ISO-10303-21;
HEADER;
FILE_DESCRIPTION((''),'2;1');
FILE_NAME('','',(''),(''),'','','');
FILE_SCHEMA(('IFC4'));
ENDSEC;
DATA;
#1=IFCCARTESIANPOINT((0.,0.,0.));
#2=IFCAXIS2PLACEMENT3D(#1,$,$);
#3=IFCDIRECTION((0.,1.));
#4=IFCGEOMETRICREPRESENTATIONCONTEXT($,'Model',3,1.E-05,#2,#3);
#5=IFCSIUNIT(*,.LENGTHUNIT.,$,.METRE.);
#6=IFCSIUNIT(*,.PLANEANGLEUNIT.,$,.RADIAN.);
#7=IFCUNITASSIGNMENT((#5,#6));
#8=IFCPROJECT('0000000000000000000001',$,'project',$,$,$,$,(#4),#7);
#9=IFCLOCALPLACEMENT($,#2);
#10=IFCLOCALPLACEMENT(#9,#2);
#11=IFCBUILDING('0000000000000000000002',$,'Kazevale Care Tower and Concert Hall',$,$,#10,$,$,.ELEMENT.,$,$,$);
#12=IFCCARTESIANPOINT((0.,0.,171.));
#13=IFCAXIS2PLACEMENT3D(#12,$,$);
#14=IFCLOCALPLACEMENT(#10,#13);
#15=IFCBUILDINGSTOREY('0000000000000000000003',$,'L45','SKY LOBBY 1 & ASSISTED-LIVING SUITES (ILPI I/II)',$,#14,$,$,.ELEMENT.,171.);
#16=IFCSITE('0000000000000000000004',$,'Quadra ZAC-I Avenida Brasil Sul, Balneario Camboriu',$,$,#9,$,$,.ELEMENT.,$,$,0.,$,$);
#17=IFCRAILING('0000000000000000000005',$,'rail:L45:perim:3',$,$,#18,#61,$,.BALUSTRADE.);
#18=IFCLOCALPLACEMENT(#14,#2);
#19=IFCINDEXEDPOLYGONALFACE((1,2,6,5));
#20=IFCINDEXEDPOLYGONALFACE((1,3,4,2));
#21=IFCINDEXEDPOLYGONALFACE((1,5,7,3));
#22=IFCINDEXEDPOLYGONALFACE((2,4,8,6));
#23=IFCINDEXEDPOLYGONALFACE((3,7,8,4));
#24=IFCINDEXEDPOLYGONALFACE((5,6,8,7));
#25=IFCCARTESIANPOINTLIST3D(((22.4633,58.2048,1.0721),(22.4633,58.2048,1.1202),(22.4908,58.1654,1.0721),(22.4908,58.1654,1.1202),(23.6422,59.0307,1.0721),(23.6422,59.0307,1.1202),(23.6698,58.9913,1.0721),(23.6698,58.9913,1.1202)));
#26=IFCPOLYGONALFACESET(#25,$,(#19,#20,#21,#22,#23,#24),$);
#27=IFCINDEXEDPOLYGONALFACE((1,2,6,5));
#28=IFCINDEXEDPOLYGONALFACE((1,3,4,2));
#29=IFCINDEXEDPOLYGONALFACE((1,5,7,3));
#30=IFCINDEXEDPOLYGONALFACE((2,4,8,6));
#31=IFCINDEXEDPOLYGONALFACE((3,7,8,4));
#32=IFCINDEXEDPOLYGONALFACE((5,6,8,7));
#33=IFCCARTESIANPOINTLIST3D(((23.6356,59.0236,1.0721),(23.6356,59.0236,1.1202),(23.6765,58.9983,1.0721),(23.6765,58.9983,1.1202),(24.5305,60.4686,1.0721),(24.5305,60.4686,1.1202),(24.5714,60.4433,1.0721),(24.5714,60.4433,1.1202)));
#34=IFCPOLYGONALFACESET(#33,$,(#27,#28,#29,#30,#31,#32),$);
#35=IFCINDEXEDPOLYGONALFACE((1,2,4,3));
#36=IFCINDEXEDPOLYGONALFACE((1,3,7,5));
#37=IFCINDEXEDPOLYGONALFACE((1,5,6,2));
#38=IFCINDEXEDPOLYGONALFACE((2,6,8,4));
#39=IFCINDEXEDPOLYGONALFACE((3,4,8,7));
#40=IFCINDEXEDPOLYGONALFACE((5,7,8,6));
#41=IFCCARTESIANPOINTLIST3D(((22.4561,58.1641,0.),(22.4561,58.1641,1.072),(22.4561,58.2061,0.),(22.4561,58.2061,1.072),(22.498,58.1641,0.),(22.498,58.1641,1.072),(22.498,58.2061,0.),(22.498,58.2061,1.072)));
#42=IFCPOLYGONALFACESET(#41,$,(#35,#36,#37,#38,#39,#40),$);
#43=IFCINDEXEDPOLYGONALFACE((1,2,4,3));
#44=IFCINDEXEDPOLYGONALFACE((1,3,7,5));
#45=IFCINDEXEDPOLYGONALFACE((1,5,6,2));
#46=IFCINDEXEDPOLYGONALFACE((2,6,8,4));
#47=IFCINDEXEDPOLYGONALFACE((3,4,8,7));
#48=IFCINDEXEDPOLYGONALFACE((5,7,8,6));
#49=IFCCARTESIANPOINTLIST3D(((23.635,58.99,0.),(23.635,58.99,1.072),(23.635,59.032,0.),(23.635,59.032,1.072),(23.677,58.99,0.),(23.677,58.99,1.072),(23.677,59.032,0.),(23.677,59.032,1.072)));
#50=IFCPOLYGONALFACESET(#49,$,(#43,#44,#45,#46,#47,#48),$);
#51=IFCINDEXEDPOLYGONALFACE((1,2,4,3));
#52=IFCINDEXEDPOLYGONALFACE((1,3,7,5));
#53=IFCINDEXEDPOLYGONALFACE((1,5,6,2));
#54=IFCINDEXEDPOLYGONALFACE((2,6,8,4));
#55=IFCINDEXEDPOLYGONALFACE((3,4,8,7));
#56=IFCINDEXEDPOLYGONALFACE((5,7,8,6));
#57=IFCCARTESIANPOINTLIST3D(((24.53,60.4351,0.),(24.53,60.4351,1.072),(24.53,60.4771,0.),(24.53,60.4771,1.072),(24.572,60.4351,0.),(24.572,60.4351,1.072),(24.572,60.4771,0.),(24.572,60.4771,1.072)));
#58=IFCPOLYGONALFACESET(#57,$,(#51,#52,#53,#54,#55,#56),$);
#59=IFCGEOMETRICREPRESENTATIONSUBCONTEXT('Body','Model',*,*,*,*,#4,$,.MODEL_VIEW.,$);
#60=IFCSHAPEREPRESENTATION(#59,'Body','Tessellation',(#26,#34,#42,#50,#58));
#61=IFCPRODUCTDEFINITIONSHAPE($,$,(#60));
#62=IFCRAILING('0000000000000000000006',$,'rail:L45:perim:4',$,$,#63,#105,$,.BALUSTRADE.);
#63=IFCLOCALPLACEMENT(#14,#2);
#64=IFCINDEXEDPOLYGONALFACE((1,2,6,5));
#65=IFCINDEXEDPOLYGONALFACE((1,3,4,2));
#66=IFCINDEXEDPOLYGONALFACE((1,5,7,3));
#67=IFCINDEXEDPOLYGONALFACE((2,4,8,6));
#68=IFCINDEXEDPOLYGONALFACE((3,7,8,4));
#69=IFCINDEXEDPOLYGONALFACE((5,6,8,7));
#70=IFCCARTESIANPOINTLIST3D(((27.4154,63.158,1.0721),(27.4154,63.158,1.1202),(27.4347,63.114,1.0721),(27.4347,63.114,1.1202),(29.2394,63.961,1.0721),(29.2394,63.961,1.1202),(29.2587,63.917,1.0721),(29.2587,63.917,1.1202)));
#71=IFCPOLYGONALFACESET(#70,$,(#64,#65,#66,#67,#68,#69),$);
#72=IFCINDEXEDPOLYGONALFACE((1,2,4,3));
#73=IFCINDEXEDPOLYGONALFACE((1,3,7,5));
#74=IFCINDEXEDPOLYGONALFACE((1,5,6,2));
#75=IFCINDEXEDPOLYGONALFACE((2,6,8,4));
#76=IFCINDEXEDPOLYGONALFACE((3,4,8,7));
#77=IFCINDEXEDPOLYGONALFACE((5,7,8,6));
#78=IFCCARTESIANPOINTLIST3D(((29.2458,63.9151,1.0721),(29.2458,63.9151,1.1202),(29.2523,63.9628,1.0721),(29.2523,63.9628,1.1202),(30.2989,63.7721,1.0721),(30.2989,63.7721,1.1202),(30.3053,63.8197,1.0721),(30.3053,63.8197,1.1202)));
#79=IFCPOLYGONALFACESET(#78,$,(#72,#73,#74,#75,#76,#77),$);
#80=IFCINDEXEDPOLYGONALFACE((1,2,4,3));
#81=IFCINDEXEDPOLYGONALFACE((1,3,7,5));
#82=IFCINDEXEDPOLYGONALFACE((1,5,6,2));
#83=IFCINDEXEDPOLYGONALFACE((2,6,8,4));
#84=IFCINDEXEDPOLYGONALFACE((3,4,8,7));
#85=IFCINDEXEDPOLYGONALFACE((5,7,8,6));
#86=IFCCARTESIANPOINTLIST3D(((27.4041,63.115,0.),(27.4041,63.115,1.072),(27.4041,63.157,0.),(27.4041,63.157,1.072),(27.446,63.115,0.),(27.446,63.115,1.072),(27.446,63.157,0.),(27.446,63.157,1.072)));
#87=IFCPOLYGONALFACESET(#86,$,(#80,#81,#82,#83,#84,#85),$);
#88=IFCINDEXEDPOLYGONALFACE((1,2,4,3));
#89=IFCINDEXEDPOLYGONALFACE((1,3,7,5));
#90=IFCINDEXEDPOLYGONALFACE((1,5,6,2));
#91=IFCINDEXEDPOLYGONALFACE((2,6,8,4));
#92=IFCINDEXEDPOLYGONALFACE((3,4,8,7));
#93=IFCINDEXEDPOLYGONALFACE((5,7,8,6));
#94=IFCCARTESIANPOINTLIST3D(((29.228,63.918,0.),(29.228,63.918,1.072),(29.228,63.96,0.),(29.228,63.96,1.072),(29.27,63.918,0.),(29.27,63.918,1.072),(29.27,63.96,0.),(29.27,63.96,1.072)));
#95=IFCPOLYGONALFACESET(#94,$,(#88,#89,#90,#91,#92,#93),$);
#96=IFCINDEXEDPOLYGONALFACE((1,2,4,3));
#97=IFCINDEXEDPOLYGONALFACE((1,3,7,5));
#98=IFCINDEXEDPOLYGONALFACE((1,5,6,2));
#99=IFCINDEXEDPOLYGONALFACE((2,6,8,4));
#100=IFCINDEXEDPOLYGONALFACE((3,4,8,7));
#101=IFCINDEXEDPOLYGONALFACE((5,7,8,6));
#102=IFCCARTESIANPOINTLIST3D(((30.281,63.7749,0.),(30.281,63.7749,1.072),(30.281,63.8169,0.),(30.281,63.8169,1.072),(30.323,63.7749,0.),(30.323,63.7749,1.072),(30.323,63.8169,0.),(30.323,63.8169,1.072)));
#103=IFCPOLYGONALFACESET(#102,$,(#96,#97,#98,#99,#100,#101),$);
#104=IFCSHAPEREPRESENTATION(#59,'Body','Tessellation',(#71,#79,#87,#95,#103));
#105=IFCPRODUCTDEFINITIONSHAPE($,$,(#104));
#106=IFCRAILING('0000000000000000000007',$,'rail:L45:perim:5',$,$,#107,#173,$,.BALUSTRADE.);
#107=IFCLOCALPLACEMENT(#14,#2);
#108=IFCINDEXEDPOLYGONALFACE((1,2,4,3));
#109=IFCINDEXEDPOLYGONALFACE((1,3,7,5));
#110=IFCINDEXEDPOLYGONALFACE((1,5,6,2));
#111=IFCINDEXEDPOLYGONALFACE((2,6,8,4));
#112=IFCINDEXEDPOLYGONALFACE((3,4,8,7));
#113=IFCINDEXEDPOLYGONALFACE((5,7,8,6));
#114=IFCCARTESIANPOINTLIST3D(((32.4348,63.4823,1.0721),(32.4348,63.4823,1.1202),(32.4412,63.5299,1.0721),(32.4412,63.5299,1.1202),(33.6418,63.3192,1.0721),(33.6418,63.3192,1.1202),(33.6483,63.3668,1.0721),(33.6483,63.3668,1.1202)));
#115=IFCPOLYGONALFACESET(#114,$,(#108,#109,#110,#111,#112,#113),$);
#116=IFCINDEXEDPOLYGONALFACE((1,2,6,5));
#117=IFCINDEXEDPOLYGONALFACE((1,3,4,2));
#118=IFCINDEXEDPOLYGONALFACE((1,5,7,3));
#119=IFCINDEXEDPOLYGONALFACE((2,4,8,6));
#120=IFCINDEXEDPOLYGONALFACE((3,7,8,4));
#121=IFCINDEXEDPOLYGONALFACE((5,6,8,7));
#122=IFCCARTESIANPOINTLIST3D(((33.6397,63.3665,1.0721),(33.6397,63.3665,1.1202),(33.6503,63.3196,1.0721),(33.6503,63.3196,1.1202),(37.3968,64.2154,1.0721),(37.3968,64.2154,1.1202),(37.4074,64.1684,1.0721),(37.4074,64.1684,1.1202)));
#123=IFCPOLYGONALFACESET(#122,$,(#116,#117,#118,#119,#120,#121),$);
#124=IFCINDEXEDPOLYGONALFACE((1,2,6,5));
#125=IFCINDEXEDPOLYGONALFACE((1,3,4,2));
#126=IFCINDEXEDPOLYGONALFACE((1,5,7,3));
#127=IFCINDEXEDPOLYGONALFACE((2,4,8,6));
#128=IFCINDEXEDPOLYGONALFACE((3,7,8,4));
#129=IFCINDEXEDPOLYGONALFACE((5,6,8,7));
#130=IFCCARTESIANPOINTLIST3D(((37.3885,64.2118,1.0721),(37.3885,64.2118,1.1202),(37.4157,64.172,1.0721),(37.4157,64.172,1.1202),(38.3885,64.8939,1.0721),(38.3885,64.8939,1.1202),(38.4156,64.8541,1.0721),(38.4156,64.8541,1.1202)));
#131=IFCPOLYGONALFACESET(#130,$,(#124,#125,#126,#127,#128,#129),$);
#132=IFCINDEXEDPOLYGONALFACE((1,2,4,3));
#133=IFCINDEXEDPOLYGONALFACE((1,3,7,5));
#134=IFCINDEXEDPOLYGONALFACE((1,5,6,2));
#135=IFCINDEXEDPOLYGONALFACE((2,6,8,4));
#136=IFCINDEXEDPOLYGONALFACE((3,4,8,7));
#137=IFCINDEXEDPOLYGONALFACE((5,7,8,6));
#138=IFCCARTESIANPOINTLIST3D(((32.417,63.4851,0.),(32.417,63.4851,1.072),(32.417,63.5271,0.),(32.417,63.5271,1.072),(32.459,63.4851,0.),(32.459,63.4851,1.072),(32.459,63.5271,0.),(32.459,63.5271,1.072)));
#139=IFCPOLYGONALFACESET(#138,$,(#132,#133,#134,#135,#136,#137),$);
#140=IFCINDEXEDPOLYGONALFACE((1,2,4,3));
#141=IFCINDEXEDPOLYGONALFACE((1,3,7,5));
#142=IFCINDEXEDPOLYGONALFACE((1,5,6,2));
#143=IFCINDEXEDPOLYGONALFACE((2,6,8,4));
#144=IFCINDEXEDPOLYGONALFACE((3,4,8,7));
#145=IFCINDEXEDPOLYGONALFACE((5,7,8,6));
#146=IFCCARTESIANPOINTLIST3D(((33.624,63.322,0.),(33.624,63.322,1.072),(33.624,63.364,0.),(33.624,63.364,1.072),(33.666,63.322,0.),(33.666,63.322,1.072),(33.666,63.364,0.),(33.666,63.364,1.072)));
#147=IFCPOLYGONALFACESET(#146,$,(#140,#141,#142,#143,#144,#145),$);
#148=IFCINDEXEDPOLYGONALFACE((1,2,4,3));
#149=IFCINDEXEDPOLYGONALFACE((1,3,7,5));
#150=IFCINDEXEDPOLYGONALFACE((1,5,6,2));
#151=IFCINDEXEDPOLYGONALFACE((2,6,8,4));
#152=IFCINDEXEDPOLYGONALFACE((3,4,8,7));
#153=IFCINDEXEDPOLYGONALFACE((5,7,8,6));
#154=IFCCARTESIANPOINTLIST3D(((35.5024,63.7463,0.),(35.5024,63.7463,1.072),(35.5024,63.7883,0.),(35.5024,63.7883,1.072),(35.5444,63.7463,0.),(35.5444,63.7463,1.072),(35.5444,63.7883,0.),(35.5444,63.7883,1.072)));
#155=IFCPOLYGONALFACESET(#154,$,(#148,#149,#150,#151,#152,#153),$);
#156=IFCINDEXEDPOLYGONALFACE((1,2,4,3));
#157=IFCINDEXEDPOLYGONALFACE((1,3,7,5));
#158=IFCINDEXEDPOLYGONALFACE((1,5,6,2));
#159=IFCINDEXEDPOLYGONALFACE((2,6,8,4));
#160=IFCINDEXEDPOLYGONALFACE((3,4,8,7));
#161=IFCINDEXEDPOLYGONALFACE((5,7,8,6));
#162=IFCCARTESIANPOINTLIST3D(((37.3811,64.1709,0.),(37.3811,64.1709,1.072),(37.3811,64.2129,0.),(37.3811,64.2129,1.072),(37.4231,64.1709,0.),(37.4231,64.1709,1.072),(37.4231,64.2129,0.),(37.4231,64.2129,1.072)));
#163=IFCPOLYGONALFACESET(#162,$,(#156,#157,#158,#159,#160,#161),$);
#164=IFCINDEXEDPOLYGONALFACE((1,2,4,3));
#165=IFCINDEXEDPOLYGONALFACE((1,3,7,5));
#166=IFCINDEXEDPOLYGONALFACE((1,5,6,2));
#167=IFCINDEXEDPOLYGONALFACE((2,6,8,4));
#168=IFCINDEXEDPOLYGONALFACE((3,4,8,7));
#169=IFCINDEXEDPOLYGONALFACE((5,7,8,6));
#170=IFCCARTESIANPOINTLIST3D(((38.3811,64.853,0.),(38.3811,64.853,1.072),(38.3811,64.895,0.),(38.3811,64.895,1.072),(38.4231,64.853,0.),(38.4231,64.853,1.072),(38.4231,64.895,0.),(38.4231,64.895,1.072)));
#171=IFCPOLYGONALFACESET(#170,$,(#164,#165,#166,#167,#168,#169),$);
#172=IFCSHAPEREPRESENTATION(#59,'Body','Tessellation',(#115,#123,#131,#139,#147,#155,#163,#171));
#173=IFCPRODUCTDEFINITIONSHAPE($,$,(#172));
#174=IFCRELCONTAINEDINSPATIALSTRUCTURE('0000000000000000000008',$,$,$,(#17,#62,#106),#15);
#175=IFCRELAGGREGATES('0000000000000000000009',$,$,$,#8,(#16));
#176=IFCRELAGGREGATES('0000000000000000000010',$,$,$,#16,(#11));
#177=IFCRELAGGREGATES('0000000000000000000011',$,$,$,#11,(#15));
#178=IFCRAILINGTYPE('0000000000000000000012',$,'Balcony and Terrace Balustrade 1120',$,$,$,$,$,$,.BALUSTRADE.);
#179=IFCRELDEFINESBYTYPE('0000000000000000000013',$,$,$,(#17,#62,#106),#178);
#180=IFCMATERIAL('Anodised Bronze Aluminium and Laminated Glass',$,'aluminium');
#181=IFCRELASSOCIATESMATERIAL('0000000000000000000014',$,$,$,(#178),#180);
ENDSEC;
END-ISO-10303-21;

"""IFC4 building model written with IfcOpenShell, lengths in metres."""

from ifc_helpers import new_model, si_unit, direction, frame, origin, origin_2d, place, context, subcontext, project, spatial, rectangle, extrude, material, type_object, element, save


model = new_model("IFC4")

# Units and contexts
model_context = context("Model", 3, precision=1e-05, world=origin(), true_north=direction((0.0, 1.0)))
body_context = subcontext(model_context, "Body", "Model", "MODEL_VIEW")
ifc_project = project(units=[si_unit("LENGTHUNIT", "METRE"), si_unit("PLANEANGLEUNIT", "RADIAN")], contexts=[model_context])

# Site, building, storey
site_placement = place(None, origin())
site = spatial("IfcSite", under=ifc_project, at=site_placement, Name="Quadra ZAC-I Avenida Brasil Sul, Balneario Camboriu", CompositionType="ELEMENT", RefElevation=0.0)
building_placement = place(site_placement, origin())
building = spatial("IfcBuilding", under=site, at=building_placement, Name="Kazevale Care Tower and Concert Hall", CompositionType="ELEMENT")
storey_placement = place(building_placement, frame((0.0, 0.0, 171.0)))
storey = spatial("IfcBuildingStorey", under=building, at=storey_placement, Name="L45", Description="SKY LOBBY 1 & ASSISTED-LIVING SUITES (ILPI I/II)", CompositionType="ELEMENT", Elevation=171.0)

# Railings
ifc_material_1 = material(Name="Anodised Bronze Aluminium and Laminated Glass", Category="aluminium")
railing_type = type_object("IfcRailingType", Name="Balcony and Terrace Balustrade 1120", PredefinedType="BALUSTRADE", material=ifc_material_1)
railing_1_placement = place(storey_placement, frame((22.4771, 58.1851, 0.0)))
element("IfcRailing", 1, at=railing_1_placement, inside=storey, type_object=railing_type, Name="rail:L45:perim:3", PredefinedType="BALUSTRADE", context=body_context, shape_type="SweptSolid", body=[
    extrude(rectangle(XDim=0.0481, YDim=0.0481, at=origin_2d()), frame((0.0, 0.0, 1.0962), z_axis=(0.819017, 0.57377, 0.0), x_axis=(-0.57377, 0.819017, 0.0)), (0.0, 0.0, 1.0), 1.4395),
    extrude(rectangle(XDim=0.0481, YDim=0.0481, at=origin_2d()), frame((1.179, 0.8259, 1.0962), z_axis=(0.526547, 0.850146, 0.0), x_axis=(-0.850146, 0.526547, 0.0)), (0.0, 0.0, 1.0), 1.6997),
    extrude(rectangle(XDim=0.042, YDim=0.042, at=origin_2d()), origin(), (0.0, 0.0, 1.0), 1.072),
    extrude(rectangle(XDim=0.042, YDim=0.042, at=origin_2d()), frame((1.179, 0.8259, 0.0)), (0.0, 0.0, 1.0), 1.072),
    extrude(rectangle(XDim=0.042, YDim=0.042, at=origin_2d()), frame((2.074, 2.271, 0.0)), (0.0, 0.0, 1.0), 1.072),
])
railing_2_placement = place(storey_placement, frame((27.425, 63.136, 0.0)))
element("IfcRailing", 2, at=railing_2_placement, inside=storey, type_object=railing_type, Name="rail:L45:perim:4", PredefinedType="BALUSTRADE", context=body_context, shape_type="SweptSolid", body=[
    extrude(rectangle(XDim=0.0481, YDim=0.0481, at=origin_2d()), frame((0.0, 0.0, 1.0962), z_axis=(0.915236, 0.402919, 0.0), x_axis=(-0.402919, 0.915236, 0.0)), (0.0, 0.0, 1.0), 1.9929),
    extrude(rectangle(XDim=0.0481, YDim=0.0481, at=origin_2d()), frame((1.824, 0.803, 1.0962), z_axis=(0.990896, -0.134631, 0.0), x_axis=(0.134631, 0.990896, 0.0)), (0.0, 0.0, 1.0), 1.0627),
    extrude(rectangle(XDim=0.042, YDim=0.042, at=origin_2d()), origin(), (0.0, 0.0, 1.0), 1.072),
    extrude(rectangle(XDim=0.042, YDim=0.042, at=origin_2d()), frame((1.824, 0.803, 0.0)), (0.0, 0.0, 1.0), 1.072),
    extrude(rectangle(XDim=0.042, YDim=0.042, at=origin_2d()), frame((2.877, 0.6599, 0.0)), (0.0, 0.0, 1.0), 1.072),
])
railing_3_placement = place(storey_placement, frame((32.438, 63.5061, 0.0)))
element("IfcRailing", 3, at=railing_3_placement, inside=storey, type_object=railing_type, Name="rail:L45:perim:5", PredefinedType="BALUSTRADE", context=body_context, shape_type="SweptSolid", body=[
    extrude(rectangle(XDim=0.0481, YDim=0.0481, at=origin_2d()), frame((0.0, 0.0, 1.0962), z_axis=(0.990995, -0.133897, 0.0), x_axis=(0.133897, 0.990995, 0.0)), (0.0, 0.0, 1.0), 1.218),
    extrude(rectangle(XDim=0.0481, YDim=0.0481, at=origin_2d()), frame((1.207, -0.1631, 1.0962), z_axis=(0.975413, 0.220385, 0.0), x_axis=(-0.220385, 0.975413, 0.0)), (0.0, 0.0, 1.0), 3.8518),
    extrude(rectangle(XDim=0.0481, YDim=0.0481, at=origin_2d()), frame((4.9641, 0.6858, 1.0962), z_axis=(0.826108, 0.563512, 0.0), x_axis=(-0.563512, 0.826108, 0.0)), (0.0, 0.0, 1.0), 1.2104),
    extrude(rectangle(XDim=0.042, YDim=0.042, at=origin_2d()), origin(), (0.0, 0.0, 1.0), 1.072),
    extrude(rectangle(XDim=0.042, YDim=0.042, at=origin_2d()), frame((1.207, -0.1631, 0.0)), (0.0, 0.0, 1.0), 1.072),
    extrude(rectangle(XDim=0.042, YDim=0.042, at=origin_2d()), frame((3.0854, 0.2612, 0.0)), (0.0, 0.0, 1.0), 1.072),
    extrude(rectangle(XDim=0.042, YDim=0.042, at=origin_2d()), frame((4.9641, 0.6858, 0.0)), (0.0, 0.0, 1.0), 1.072),
    extrude(rectangle(XDim=0.042, YDim=0.042, at=origin_2d()), frame((5.9641, 1.3679, 0.0)), (0.0, 0.0, 1.0), 1.072),
])

save(model, "model.ifc")
